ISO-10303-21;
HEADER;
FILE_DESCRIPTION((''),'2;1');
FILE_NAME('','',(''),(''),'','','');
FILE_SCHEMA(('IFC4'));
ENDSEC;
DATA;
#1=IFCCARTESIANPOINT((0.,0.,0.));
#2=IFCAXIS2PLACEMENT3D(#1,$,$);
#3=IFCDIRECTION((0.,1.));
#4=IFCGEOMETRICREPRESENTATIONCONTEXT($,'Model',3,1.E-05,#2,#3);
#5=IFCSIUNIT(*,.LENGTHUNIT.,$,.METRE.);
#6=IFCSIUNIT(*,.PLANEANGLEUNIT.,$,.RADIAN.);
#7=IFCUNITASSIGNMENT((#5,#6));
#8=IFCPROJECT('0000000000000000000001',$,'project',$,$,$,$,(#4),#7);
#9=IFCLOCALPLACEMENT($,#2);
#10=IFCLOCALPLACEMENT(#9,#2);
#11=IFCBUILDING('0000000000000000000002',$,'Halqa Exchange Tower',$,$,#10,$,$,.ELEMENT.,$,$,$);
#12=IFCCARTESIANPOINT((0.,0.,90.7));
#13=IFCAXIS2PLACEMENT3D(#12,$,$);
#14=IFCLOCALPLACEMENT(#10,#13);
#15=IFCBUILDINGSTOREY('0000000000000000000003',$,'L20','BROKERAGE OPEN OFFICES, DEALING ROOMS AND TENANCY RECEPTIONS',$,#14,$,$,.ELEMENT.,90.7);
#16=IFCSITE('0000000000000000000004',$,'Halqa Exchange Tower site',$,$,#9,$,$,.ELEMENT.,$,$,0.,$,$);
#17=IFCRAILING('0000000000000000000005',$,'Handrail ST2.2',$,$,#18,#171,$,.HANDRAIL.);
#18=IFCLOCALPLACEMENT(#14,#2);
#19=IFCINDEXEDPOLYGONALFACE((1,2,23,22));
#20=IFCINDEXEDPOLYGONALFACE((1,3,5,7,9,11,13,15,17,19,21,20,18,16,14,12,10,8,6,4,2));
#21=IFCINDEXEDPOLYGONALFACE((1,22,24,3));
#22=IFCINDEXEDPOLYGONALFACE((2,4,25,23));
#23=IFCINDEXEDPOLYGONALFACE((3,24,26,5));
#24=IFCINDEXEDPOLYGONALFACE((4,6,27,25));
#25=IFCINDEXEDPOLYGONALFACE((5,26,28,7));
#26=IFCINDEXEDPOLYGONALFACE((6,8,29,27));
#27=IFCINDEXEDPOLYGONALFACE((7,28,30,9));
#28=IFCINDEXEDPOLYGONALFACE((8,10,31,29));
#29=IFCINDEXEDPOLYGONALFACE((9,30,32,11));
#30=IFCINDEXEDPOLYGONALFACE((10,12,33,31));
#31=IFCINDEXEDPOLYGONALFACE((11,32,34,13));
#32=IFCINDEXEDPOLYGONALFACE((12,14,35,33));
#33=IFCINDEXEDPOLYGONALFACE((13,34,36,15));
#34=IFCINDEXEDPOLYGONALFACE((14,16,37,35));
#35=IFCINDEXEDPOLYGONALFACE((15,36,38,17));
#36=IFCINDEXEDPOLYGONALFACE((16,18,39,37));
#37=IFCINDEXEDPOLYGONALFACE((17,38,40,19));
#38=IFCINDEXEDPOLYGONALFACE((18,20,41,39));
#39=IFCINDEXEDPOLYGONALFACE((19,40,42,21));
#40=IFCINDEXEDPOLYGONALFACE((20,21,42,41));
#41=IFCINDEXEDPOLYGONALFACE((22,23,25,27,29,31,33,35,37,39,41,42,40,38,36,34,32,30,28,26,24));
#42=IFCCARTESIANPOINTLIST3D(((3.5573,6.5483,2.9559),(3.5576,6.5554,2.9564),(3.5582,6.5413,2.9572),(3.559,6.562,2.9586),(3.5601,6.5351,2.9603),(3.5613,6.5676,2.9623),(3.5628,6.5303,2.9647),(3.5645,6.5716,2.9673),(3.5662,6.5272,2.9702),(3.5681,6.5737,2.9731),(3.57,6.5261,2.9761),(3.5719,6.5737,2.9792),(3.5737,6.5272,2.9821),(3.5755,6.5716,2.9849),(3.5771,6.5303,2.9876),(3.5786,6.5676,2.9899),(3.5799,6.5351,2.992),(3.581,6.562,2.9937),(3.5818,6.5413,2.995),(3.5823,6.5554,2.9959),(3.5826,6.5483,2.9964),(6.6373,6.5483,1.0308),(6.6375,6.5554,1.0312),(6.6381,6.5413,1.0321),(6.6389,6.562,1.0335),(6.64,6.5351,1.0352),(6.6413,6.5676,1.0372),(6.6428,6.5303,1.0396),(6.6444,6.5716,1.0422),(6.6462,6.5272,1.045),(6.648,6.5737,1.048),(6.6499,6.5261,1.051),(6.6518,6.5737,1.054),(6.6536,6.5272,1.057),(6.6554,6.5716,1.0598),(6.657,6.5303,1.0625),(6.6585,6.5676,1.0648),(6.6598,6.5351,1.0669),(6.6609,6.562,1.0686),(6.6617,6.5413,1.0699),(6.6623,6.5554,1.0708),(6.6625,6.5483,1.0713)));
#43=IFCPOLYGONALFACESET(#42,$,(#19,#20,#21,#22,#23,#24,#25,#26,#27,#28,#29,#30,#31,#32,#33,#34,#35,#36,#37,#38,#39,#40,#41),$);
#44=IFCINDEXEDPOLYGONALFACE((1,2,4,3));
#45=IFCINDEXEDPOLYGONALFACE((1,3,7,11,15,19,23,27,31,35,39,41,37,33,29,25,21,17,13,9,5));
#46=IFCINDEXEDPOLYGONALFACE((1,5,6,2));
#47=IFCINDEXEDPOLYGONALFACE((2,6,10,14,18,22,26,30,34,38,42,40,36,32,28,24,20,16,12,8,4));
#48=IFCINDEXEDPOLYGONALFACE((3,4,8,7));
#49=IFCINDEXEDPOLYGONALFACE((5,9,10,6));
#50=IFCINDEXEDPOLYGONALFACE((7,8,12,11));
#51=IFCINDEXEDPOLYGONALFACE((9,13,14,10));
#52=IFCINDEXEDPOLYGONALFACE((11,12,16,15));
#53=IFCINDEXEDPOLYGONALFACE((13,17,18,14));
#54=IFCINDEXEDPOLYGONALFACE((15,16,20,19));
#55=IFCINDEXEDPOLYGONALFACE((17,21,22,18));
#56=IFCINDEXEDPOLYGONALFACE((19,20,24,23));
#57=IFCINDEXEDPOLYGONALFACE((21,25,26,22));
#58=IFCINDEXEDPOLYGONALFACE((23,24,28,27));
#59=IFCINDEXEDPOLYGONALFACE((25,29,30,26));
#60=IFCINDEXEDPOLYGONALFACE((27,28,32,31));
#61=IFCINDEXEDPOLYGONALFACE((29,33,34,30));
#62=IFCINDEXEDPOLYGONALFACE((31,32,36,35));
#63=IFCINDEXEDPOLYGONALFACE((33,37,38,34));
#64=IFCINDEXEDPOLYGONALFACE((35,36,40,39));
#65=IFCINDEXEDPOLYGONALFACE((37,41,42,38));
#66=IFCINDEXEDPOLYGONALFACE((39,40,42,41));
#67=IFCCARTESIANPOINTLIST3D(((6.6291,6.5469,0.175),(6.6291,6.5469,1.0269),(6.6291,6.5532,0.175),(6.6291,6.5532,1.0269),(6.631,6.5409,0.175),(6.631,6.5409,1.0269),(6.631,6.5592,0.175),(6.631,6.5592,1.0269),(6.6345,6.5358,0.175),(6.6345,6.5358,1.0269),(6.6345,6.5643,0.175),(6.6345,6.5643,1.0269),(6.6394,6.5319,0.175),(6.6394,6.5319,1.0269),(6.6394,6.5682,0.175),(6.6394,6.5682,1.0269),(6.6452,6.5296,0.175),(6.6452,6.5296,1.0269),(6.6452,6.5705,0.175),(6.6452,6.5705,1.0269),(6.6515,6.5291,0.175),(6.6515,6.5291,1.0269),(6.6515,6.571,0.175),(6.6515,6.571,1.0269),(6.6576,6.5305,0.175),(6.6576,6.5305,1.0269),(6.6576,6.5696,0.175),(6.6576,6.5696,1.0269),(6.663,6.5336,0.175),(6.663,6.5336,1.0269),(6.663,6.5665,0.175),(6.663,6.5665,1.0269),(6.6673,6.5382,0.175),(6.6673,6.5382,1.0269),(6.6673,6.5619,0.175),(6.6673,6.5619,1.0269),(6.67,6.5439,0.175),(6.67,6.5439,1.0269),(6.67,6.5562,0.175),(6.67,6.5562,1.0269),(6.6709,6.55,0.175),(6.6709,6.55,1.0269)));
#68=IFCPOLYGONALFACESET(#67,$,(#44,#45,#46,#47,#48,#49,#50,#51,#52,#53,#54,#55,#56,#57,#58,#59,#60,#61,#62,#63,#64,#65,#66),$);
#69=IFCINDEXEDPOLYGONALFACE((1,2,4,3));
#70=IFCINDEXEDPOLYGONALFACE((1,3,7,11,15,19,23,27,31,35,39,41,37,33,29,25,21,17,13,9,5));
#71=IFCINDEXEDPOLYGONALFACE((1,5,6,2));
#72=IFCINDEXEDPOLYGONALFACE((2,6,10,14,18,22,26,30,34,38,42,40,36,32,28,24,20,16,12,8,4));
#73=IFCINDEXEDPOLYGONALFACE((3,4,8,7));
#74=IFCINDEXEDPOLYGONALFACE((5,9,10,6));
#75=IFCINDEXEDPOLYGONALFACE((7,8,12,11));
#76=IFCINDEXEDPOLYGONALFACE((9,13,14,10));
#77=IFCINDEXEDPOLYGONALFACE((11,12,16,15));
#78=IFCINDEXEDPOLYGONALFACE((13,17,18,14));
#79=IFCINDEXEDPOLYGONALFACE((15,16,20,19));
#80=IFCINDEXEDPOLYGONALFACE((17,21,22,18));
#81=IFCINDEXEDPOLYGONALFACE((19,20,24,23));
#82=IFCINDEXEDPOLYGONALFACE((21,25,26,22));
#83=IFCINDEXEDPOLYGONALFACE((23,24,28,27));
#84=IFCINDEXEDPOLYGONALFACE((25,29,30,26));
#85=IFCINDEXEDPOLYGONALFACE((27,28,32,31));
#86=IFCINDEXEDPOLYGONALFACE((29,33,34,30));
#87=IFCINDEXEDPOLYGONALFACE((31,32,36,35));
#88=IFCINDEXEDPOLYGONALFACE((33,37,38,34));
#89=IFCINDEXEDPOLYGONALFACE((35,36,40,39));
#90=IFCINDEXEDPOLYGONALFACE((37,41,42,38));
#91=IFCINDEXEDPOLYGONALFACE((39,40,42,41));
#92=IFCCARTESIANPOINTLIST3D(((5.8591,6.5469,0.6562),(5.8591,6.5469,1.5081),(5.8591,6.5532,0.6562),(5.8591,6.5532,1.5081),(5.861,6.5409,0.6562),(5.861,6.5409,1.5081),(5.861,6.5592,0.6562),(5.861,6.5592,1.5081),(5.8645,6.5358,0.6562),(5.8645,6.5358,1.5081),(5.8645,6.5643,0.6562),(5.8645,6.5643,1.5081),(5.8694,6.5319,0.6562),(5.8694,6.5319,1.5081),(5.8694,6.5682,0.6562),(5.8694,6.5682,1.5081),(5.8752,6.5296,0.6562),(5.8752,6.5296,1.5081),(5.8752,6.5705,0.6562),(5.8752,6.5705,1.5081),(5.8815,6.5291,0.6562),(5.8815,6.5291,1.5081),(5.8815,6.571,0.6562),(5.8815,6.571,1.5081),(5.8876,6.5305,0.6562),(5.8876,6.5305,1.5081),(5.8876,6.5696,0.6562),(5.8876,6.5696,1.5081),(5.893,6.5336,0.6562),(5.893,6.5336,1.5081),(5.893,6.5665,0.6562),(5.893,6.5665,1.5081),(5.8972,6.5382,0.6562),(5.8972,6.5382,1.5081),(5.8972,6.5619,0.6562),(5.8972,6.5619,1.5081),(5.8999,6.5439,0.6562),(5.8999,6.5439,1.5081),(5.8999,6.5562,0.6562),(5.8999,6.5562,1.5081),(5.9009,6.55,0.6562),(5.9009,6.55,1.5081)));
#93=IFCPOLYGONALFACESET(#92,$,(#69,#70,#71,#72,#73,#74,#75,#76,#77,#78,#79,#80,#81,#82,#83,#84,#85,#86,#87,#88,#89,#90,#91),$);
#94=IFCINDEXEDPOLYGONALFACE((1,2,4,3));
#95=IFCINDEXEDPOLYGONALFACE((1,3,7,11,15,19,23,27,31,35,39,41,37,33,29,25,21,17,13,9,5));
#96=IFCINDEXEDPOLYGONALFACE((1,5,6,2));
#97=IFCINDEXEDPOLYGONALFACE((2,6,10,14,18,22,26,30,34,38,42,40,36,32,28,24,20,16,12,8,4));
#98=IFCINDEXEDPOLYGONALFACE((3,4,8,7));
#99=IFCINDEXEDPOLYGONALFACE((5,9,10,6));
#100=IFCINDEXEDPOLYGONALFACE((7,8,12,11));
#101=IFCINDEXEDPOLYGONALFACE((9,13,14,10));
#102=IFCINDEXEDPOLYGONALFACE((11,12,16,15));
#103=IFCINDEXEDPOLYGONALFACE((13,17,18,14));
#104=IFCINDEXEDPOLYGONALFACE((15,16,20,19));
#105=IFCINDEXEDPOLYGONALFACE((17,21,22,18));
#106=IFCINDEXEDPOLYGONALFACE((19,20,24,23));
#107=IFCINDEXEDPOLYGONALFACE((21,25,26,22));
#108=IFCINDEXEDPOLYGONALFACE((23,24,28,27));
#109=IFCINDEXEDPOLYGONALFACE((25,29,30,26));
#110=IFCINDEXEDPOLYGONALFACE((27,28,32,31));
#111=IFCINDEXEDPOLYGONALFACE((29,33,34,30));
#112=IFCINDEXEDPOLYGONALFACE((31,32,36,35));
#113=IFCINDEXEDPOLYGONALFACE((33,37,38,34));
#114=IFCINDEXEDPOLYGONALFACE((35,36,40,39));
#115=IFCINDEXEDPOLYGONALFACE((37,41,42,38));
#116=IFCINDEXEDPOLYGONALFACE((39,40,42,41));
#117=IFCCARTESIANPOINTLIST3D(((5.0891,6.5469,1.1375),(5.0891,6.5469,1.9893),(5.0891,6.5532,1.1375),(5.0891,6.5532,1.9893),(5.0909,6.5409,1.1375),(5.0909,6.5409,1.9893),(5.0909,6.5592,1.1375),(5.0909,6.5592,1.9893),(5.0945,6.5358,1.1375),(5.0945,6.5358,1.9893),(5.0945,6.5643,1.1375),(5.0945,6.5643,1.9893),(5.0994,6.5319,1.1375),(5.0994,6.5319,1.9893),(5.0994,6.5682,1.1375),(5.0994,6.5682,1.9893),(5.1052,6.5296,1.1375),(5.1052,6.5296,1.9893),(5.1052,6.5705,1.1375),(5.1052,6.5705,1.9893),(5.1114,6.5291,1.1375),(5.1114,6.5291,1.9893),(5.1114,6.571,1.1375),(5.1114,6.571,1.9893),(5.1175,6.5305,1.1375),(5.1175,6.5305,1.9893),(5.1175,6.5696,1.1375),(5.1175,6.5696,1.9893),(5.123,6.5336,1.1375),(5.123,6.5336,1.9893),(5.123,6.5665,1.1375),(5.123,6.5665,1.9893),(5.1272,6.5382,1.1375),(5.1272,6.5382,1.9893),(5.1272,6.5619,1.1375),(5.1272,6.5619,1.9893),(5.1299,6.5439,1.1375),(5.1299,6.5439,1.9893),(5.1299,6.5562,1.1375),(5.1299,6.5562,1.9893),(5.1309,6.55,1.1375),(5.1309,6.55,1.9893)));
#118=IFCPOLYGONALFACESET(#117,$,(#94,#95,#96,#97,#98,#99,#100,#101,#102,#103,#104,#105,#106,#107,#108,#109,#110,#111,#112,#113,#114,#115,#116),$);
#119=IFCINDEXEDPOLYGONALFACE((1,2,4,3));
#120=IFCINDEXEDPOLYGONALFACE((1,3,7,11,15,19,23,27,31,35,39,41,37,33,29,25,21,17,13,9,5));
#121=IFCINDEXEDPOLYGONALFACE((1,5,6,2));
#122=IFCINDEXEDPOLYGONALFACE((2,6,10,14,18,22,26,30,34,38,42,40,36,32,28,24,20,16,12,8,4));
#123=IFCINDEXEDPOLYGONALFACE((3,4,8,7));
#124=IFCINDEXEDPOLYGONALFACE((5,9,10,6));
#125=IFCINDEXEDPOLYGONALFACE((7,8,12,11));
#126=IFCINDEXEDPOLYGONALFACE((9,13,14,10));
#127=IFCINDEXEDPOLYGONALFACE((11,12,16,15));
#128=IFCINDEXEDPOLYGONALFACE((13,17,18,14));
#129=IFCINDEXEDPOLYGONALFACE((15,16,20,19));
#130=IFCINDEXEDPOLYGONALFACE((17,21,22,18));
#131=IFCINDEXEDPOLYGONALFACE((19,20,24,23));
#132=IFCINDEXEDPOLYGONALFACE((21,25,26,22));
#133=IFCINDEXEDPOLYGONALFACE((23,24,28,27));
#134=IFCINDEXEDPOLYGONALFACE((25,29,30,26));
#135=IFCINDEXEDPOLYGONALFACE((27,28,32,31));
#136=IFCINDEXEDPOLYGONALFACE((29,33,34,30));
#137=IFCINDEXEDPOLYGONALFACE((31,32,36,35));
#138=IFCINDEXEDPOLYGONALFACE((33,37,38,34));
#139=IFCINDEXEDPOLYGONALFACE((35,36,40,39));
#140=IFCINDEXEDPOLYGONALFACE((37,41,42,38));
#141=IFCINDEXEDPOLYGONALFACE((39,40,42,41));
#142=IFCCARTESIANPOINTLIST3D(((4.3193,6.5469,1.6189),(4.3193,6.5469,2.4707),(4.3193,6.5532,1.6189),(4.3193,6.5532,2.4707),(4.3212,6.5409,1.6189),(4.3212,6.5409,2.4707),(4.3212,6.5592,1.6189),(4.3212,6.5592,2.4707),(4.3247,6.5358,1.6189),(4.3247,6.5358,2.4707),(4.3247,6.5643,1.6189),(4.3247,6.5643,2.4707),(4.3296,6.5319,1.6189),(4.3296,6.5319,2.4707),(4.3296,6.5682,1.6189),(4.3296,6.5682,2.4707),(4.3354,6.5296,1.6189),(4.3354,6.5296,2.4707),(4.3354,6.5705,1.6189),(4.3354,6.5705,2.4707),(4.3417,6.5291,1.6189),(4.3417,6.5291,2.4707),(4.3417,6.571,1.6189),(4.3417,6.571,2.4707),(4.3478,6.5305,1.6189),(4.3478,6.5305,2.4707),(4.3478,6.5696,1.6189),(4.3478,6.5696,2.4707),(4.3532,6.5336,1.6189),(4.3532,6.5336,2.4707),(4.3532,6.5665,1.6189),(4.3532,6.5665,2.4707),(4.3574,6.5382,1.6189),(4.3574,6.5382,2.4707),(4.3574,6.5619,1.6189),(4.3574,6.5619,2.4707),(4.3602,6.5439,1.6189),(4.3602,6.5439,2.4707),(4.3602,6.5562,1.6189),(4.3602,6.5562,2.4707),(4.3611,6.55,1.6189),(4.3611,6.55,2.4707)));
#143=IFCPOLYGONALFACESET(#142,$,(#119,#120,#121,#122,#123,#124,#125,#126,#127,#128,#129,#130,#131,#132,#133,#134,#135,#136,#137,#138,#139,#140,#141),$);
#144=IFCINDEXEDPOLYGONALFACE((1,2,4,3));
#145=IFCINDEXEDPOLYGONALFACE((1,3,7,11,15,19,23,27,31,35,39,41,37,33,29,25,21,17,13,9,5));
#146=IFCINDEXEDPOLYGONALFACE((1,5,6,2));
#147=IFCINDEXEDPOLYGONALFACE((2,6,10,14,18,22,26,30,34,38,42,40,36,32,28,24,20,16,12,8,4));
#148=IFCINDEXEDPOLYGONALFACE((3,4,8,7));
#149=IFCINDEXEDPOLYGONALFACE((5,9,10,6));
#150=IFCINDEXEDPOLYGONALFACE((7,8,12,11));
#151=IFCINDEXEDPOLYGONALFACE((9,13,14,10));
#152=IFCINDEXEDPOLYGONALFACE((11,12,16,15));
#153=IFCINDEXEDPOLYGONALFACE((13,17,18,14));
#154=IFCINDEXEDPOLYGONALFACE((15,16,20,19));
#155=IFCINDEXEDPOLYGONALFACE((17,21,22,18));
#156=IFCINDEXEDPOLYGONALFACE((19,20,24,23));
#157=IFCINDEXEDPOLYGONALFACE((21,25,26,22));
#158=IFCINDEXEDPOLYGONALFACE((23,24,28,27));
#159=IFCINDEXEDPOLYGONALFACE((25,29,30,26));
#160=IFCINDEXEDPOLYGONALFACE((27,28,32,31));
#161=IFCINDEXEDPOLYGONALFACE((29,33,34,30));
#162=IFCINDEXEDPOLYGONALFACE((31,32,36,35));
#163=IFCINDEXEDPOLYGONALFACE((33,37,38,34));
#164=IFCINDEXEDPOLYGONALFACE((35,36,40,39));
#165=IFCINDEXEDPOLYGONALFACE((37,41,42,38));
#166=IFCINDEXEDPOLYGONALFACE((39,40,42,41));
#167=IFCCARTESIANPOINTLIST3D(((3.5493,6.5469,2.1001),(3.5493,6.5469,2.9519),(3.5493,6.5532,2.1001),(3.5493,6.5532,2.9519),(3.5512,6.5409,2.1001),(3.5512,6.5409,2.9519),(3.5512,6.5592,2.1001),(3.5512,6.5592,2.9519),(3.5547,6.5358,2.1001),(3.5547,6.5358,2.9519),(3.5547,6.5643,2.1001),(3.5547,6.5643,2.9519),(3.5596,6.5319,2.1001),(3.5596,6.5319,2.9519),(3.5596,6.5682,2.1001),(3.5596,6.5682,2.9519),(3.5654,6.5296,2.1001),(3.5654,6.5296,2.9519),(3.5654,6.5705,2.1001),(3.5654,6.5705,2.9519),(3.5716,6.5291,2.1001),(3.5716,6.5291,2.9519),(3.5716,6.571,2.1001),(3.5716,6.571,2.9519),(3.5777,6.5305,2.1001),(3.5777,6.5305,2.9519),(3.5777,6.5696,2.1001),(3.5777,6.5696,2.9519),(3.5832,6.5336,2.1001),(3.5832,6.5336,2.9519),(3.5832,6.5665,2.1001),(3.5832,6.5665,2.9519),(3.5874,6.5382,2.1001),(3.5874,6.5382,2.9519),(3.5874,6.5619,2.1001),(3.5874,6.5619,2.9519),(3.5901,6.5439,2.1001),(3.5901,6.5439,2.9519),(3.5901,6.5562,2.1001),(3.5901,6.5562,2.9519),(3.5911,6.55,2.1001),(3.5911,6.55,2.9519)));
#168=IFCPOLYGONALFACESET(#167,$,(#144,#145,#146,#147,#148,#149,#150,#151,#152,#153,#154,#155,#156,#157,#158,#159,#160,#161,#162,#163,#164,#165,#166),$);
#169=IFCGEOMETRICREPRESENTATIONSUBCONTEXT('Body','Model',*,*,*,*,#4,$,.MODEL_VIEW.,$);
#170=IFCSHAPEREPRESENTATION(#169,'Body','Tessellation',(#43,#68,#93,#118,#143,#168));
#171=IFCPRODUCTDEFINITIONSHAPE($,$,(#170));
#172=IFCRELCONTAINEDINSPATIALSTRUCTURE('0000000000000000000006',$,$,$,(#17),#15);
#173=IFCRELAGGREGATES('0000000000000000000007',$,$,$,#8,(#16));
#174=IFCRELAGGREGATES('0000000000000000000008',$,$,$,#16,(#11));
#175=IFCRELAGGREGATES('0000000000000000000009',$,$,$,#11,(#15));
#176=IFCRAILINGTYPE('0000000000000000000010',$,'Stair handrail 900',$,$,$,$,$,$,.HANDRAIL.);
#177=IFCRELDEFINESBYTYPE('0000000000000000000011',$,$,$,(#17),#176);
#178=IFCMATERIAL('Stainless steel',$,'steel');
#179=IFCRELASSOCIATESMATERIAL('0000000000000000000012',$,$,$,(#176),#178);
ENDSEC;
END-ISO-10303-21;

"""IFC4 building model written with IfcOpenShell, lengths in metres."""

from ifc_helpers import new_model, si_unit, direction, frame, origin, origin_2d, place, context, subcontext, project, spatial, circle, extrude, material, type_object, element, save


model = new_model("IFC4")

# Units and contexts
model_context = context("Model", 3, precision=1e-05, world=origin(), true_north=direction((0.0, 1.0)))
body_context = subcontext(model_context, "Body", "Model", "MODEL_VIEW")
ifc_project = project(units=[si_unit("LENGTHUNIT", "METRE"), si_unit("PLANEANGLEUNIT", "RADIAN")], contexts=[model_context])

# Site, building, storey
site_placement = place(None, origin())
site = spatial("IfcSite", under=ifc_project, at=site_placement, Name="Halqa Exchange Tower site", CompositionType="ELEMENT", RefElevation=0.0)
building_placement = place(site_placement, origin())
building = spatial("IfcBuilding", under=site, at=building_placement, Name="Halqa Exchange Tower", CompositionType="ELEMENT")
storey_placement = place(building_placement, frame((0.0, 0.0, 90.7)))
storey = spatial("IfcBuildingStorey", under=building, at=storey_placement, Name="L20", Description="BROKERAGE OPEN OFFICES, DEALING ROOMS AND TENANCY RECEPTIONS", CompositionType="ELEMENT", Elevation=90.7)

# Railing
ifc_material_1 = material(Name="Stainless steel", Category="steel")
railing_type_1 = type_object("IfcRailingType", Name="Stair handrail 900", PredefinedType="HANDRAIL", material=ifc_material_1)
railing_1_placement = place(storey_placement, frame((6.6499, 6.55, 0.175)))
element("IfcRailing", 1, at=railing_1_placement, inside=storey, type_object=railing_type_1, Name="Handrail ST2.2", PredefinedType="HANDRAIL", context=body_context, shape_type="SweptSolid", body=[
    extrude(circle(Radius=0.0239, at=origin_2d()), frame((0.0, 0.0, 0.876), z_axis=(-0.847979, 0.0, 0.530029), x_axis=(0.0, -1.0, 0.0)), (0.0, 0.0, 1.0), 3.6321),
    extrude(circle(Radius=0.021, at=origin_2d()), origin(), (0.0, 0.0, 1.0), 0.8518),
    extrude(circle(Radius=0.021, at=origin_2d()), frame((-0.77, 0.0, 0.4812)), (0.0, 0.0, 1.0), 0.8518),
    extrude(circle(Radius=0.021, at=origin_2d()), frame((-1.54, 0.0, 0.9624)), (0.0, 0.0, 1.0), 0.8518),
    extrude(circle(Radius=0.021, at=origin_2d()), frame((-2.3098, 0.0, 1.4438)), (0.0, 0.0, 1.0), 0.8518),
    extrude(circle(Radius=0.021, at=origin_2d()), frame((-3.0798, 0.0, 1.925)), (0.0, 0.0, 1.0), 0.8518),
])

save(model, "model.ifc")
